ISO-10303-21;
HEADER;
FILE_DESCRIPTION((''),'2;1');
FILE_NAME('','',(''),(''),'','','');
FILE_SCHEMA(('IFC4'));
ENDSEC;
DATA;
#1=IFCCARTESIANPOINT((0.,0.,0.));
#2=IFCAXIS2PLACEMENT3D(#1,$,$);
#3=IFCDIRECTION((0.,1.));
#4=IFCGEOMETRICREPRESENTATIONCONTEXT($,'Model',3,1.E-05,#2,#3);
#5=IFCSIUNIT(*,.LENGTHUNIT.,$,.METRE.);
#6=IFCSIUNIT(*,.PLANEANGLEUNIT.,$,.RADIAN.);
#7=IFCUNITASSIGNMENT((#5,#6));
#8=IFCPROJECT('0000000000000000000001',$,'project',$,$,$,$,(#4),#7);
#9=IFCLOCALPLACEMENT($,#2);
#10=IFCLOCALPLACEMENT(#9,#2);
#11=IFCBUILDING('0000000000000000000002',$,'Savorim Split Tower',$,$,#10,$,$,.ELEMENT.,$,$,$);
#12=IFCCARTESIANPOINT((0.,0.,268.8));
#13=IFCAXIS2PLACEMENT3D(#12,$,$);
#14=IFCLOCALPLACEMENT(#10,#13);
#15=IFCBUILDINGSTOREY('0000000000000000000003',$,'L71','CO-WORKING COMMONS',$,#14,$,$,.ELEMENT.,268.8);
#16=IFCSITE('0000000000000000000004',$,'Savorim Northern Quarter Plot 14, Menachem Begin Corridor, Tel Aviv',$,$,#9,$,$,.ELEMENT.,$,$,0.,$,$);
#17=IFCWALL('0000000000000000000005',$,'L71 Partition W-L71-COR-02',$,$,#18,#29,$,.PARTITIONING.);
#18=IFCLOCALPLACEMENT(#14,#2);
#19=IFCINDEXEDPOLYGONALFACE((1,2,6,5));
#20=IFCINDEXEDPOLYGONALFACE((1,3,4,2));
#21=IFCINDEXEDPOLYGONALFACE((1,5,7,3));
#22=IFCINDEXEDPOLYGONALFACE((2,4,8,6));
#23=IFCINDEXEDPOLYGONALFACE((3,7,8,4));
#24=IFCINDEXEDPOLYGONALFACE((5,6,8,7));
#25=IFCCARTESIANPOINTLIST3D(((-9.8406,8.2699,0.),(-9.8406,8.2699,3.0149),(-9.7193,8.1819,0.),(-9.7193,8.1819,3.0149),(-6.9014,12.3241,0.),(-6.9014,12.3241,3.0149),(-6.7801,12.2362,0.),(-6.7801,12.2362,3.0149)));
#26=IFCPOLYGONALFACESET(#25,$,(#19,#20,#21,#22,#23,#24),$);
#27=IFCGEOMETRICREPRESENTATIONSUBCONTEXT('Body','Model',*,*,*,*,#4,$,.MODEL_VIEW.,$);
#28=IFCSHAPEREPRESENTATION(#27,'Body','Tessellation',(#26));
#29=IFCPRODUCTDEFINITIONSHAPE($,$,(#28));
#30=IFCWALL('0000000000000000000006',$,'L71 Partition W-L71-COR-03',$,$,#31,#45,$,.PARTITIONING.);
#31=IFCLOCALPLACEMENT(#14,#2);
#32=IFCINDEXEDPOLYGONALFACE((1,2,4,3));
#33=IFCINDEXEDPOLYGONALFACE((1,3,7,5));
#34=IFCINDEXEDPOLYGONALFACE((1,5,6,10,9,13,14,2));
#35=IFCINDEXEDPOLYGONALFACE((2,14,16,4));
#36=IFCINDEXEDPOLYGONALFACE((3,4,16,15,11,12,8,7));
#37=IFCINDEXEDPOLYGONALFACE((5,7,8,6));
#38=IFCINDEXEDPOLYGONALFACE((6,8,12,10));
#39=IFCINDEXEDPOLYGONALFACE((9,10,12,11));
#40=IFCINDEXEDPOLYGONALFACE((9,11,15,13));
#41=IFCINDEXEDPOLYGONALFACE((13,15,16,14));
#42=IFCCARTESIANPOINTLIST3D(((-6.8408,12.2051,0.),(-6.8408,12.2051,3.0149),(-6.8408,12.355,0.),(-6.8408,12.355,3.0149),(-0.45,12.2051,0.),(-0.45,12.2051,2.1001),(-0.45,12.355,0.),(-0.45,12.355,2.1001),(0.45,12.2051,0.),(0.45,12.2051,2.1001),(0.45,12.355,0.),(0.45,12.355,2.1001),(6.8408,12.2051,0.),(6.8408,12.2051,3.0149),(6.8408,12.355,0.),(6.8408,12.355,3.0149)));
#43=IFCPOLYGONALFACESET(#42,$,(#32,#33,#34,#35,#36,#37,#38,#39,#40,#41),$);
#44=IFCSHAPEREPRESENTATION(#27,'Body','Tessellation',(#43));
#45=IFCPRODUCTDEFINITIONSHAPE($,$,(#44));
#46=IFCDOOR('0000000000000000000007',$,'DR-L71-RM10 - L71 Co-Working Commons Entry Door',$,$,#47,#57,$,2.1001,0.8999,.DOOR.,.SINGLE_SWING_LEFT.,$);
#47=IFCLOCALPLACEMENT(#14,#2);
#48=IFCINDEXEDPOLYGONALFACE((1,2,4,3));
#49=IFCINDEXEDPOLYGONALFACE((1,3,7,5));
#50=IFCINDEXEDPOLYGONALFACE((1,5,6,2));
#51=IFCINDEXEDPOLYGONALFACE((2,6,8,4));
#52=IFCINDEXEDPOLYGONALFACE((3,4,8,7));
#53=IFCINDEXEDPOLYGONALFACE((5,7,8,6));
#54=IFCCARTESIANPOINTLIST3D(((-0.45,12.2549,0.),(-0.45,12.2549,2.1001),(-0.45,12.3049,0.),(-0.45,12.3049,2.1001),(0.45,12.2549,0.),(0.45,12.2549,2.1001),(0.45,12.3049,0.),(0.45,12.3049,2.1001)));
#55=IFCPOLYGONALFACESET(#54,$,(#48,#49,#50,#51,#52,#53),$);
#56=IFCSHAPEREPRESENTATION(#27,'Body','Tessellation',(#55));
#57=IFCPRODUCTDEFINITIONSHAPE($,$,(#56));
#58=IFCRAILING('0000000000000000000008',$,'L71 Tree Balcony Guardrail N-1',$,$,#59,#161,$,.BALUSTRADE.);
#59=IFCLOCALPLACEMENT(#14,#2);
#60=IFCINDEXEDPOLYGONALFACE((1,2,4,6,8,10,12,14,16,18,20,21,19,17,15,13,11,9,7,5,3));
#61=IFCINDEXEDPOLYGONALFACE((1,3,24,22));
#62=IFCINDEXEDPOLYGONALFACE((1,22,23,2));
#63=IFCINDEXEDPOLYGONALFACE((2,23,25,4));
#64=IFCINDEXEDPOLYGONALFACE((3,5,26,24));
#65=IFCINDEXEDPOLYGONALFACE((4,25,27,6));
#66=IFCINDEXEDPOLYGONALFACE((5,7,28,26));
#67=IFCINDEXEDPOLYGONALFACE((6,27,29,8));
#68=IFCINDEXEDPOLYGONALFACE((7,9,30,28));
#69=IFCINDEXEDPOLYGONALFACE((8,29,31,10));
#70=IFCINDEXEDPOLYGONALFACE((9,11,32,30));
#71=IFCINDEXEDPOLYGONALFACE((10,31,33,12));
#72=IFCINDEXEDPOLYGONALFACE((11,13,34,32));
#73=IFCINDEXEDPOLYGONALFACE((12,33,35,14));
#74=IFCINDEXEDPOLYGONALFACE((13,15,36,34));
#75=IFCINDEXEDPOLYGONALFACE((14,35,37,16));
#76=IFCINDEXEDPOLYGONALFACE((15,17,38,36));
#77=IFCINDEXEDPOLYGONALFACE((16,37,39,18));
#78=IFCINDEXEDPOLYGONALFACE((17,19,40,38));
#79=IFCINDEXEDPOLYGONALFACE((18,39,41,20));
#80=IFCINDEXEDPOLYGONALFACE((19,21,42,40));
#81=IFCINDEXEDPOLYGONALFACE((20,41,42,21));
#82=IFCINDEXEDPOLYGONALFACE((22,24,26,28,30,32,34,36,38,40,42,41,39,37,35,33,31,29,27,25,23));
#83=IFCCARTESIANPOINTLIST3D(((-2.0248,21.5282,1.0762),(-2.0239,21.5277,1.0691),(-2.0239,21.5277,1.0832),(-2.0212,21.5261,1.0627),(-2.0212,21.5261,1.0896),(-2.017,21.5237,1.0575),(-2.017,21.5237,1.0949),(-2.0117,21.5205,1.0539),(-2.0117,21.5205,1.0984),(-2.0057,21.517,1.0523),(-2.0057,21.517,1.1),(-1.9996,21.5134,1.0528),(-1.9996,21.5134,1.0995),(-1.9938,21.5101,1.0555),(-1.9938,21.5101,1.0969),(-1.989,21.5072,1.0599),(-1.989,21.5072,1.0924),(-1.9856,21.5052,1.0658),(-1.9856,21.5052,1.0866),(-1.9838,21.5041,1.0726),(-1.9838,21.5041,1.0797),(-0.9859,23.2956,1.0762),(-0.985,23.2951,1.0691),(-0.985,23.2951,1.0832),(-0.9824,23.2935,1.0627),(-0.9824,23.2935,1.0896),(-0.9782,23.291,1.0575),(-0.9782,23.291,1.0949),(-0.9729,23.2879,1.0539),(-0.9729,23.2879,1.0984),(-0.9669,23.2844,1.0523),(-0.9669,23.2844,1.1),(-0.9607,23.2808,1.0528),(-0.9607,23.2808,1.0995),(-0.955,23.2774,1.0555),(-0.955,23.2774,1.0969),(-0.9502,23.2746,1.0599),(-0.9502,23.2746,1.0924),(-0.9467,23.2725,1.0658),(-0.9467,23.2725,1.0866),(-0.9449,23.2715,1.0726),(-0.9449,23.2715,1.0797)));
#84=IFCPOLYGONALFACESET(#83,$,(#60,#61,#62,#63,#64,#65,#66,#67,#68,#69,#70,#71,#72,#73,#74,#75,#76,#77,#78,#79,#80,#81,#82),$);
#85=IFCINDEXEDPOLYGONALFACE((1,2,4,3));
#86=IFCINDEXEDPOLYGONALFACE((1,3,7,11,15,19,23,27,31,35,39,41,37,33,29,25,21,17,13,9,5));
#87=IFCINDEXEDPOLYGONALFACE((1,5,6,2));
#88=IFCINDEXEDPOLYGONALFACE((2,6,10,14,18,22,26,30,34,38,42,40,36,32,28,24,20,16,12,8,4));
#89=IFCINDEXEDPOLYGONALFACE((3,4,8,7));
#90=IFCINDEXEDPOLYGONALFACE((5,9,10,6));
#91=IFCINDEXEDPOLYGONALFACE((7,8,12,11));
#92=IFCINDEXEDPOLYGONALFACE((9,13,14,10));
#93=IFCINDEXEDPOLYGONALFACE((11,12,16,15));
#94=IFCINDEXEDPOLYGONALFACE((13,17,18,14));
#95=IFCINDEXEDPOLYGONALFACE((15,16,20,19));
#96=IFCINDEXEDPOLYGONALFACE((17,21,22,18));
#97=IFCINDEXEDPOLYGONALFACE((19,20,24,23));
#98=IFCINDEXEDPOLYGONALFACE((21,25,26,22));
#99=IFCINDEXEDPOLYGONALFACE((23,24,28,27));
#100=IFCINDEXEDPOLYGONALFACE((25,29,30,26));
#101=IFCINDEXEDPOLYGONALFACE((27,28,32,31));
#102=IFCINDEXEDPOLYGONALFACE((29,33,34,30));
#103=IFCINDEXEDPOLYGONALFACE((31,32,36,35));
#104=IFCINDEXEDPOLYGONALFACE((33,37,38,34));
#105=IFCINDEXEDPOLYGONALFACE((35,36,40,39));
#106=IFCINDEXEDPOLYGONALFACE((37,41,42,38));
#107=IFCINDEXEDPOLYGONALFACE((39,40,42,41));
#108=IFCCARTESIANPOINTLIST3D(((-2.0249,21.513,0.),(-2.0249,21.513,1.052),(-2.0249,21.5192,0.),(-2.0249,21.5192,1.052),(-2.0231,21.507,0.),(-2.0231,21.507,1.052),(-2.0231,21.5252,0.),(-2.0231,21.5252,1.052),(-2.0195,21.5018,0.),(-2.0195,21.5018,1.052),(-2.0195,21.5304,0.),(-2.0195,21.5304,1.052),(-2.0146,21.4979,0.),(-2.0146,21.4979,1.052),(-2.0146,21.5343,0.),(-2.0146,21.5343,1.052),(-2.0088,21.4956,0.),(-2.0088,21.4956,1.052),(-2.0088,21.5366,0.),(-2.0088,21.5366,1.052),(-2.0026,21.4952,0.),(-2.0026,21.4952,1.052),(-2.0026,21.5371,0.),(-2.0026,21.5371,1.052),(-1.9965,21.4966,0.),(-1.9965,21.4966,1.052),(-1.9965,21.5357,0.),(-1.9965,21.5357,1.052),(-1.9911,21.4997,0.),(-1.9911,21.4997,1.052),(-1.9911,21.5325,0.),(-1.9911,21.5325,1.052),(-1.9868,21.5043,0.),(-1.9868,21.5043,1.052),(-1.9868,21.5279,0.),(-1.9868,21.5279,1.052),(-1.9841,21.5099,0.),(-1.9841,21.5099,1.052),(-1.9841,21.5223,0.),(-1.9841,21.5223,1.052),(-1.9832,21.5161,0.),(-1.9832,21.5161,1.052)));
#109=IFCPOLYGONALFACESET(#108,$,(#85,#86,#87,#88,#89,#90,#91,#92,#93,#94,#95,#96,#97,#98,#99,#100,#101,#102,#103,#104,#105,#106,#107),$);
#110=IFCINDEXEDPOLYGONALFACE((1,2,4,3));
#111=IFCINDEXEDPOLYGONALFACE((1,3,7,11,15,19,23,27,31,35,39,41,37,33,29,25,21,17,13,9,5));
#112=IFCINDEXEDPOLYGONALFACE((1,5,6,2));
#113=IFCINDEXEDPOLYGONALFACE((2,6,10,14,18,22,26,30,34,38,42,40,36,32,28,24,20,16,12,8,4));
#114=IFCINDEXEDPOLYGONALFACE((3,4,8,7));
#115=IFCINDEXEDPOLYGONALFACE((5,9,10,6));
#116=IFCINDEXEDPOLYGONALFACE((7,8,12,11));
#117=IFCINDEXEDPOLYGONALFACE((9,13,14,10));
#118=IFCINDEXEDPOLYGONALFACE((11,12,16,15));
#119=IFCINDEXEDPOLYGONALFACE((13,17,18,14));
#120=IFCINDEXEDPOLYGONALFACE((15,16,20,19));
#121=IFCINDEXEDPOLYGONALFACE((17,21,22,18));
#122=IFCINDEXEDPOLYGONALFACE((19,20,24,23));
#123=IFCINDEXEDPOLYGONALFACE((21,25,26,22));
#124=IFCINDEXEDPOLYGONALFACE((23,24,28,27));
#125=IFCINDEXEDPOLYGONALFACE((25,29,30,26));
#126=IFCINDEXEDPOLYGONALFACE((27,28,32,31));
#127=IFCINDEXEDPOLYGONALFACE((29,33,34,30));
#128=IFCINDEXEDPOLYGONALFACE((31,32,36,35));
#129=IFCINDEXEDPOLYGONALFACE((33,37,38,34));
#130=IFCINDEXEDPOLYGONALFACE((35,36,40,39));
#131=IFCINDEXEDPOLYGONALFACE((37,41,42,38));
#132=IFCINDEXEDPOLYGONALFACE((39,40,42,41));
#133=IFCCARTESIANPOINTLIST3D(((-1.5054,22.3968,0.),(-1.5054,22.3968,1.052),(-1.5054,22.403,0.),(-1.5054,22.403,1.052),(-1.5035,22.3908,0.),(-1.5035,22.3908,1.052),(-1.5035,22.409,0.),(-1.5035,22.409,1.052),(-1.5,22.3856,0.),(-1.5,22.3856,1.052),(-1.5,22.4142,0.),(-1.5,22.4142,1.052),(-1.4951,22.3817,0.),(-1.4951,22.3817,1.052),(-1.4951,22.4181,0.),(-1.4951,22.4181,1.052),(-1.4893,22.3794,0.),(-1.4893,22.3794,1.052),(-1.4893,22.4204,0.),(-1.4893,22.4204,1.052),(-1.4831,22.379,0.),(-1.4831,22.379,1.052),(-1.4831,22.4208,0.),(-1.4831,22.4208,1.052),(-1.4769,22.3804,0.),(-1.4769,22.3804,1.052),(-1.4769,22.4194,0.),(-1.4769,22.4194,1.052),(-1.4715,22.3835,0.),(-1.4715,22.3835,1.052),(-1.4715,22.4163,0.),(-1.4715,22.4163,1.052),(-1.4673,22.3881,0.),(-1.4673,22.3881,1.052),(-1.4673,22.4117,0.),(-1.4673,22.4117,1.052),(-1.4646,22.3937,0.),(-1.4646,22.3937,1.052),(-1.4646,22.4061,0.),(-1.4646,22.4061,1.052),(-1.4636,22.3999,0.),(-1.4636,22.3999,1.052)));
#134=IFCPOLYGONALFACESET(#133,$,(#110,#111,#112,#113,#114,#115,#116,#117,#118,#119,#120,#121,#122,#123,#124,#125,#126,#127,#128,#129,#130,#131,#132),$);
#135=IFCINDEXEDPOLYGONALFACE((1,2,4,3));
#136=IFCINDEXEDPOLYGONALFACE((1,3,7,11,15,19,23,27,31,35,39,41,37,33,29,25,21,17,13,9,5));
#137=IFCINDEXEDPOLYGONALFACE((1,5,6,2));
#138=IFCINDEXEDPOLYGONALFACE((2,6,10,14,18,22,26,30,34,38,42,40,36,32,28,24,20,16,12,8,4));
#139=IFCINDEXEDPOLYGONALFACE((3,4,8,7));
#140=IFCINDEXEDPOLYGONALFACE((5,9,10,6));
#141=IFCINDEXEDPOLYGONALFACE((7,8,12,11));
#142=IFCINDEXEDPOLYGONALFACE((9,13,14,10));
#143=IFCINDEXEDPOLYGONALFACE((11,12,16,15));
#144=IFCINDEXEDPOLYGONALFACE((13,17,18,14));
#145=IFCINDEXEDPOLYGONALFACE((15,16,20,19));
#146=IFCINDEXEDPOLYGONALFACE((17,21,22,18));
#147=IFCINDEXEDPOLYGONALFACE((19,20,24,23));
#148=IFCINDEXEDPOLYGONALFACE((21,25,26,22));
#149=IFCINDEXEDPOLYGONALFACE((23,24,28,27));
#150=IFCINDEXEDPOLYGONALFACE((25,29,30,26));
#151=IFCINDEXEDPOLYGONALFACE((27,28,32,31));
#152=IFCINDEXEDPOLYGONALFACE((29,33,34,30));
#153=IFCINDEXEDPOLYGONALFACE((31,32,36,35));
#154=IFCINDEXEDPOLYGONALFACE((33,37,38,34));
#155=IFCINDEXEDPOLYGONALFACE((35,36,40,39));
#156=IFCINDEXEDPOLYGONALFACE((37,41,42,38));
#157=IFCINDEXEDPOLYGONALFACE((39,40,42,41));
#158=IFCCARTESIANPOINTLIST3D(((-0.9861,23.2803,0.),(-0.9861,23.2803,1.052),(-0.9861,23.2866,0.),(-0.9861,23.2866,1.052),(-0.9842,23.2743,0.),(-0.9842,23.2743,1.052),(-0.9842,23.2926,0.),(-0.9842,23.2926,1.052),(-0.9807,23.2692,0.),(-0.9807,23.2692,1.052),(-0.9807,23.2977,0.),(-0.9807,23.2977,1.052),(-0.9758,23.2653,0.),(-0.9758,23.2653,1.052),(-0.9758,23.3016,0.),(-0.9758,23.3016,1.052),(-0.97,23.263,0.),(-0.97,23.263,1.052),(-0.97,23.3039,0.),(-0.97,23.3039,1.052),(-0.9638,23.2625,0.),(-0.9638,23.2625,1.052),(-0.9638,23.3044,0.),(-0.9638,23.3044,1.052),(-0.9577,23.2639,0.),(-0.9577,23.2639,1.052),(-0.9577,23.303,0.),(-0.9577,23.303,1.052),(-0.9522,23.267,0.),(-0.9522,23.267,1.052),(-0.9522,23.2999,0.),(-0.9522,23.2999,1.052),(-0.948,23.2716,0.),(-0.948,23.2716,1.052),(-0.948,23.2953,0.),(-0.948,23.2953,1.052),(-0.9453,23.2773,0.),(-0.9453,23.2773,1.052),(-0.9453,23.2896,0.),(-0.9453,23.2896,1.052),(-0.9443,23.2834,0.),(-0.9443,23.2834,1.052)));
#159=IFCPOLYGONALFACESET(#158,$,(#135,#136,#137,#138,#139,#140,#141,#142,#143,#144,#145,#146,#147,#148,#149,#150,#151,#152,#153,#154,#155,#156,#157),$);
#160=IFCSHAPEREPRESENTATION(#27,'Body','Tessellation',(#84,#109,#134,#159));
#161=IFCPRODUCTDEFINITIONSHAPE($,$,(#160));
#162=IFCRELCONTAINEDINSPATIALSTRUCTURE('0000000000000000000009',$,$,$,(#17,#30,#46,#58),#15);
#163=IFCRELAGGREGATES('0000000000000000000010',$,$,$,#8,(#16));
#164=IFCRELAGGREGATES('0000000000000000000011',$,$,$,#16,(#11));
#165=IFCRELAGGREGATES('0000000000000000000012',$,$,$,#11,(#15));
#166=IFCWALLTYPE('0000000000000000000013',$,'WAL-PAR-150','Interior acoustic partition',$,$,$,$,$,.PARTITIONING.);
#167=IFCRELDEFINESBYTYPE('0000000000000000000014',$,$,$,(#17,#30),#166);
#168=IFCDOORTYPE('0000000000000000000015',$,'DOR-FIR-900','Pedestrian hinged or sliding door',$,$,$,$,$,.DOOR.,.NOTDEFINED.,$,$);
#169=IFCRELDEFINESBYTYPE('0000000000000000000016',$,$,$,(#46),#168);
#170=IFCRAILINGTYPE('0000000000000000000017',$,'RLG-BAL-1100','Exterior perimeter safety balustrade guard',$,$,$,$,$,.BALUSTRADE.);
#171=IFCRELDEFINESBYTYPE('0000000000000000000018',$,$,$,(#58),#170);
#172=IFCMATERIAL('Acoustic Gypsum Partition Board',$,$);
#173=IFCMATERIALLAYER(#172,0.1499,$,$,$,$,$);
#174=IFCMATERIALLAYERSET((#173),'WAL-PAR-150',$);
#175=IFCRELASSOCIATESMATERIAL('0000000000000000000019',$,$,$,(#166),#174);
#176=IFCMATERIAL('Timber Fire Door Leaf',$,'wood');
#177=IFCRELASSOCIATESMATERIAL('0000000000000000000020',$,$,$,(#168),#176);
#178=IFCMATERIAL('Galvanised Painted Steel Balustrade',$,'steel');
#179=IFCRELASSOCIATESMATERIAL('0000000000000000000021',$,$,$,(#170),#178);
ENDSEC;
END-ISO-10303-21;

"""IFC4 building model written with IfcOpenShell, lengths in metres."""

from ifc_helpers import new_model, si_unit, direction, frame, frame_2d, origin, origin_2d, place, context, subcontext, project, spatial, rectangle, circle, extrude, material, layer, layer_set, type_object, element, fill, save


model = new_model("IFC4")

# Units and contexts
model_context = context("Model", 3, precision=1e-05, world=origin(), true_north=direction((0.0, 1.0)))
body_context = subcontext(model_context, "Body", "Model", "MODEL_VIEW")
ifc_project = project(units=[si_unit("LENGTHUNIT", "METRE"), si_unit("PLANEANGLEUNIT", "RADIAN")], contexts=[model_context])

# Site, building, storey
site_placement = place(None, origin())
site = spatial("IfcSite", under=ifc_project, at=site_placement, Name="Savorim Northern Quarter Plot 14, Menachem Begin Corridor, Tel Aviv", CompositionType="ELEMENT", RefElevation=0.0)
building_placement = place(site_placement, origin())
building = spatial("IfcBuilding", under=site, at=building_placement, Name="Savorim Split Tower", CompositionType="ELEMENT")
storey_placement = place(building_placement, frame((0.0, 0.0, 268.8)))
storey = spatial("IfcBuildingStorey", under=building, at=storey_placement, Name="L71", Description="CO-WORKING COMMONS", CompositionType="ELEMENT", Elevation=268.8)

# Wall
ifc_material_1 = material(Name="Acoustic Gypsum Partition Board")
ifc_layer_1 = layer(ifc_material_1, 0.1499)
ifc_layer_set_1 = layer_set([ifc_layer_1], Name="WAL-PAR-150")
wall_type_1 = type_object("IfcWallType", Name="WAL-PAR-150", Description="Interior acoustic partition", PredefinedType="PARTITIONING", material=ifc_layer_set_1)
wall_1_placement = place(storey_placement, frame((-9.78, 8.2258, 0.0), z_axis=(0.0, 0.0, 1.0), x_axis=(0.586956, 0.809619, 0.0)))
element("IfcWall", 1, at=wall_1_placement, inside=storey, type_object=wall_type_1, Name="L71 Partition W-L71-COR-02", PredefinedType="PARTITIONING", context=body_context, shape_type="SweptSolid", body=[
    extrude(rectangle(XDim=5.0076, YDim=0.1499, at=frame_2d((2.5039, 0.0))), origin(), (0.0, 0.0, 1.0), 3.0149),
])

# Wall, opening, door
wall_2_placement = place(storey_placement, frame((-6.8408, 12.28, 0.0), z_axis=(0.0, 0.0, 1.0), x_axis=(1.0, 0.0, 0.0)))
wall_2 = element("IfcWall", 2, at=wall_2_placement, inside=storey, type_object=wall_type_1, Name="L71 Partition W-L71-COR-03", PredefinedType="PARTITIONING", context=body_context, shape_type="SweptSolid", body=[
    extrude(rectangle(XDim=13.6816, YDim=0.1499, at=frame_2d((6.8408, 0.0))), origin(), (0.0, 0.0, 1.0), 3.0149),
])
opening_1_placement = place(wall_2_placement, frame((6.3909, 0.0, 0.0)))
opening_1 = element("IfcOpeningElement", 3, at=opening_1_placement, cuts=wall_2, PredefinedType="OPENING", context=body_context, shape_type="SweptSolid", body=[
    extrude(rectangle(XDim=0.8999, YDim=2.1001, at=frame_2d((0.45, 1.05))), frame((0.0, 0.085, 0.0), z_axis=(0.0, -1.0, 0.0), x_axis=(1.0, 0.0, 0.0)), (0.0, 0.0, 1.0), 0.1699),
])
ifc_material_2 = material(Name="Timber Fire Door Leaf", Category="wood")
door_type_1 = type_object("IfcDoorType", Name="DOR-FIR-900", Description="Pedestrian hinged or sliding door", OperationType="NOTDEFINED", PredefinedType="DOOR", material=ifc_material_2)
door_1_placement = place(opening_1_placement, origin())
door_1 = element("IfcDoor", 4, at=door_1_placement, inside=storey, type_object=door_type_1, Name="DR-L71-RM10 - L71 Co-Working Commons Entry Door", OperationType="SINGLE_SWING_LEFT", OverallHeight=2.1001, OverallWidth=0.8999, PredefinedType="DOOR", context=body_context, shape_type="SweptSolid", body=[
    extrude(rectangle(XDim=0.8999, YDim=2.1001, at=frame_2d((0.45, 1.05))), frame((0.0, 0.0249, 0.0), z_axis=(0.0, -1.0, 0.0), x_axis=(1.0, 0.0, 0.0)), (0.0, 0.0, 1.0), 0.05),
])
fill(opening_1, door_1)

# Railing
ifc_material_3 = material(Name="Galvanised Painted Steel Balustrade", Category="steel")
railing_type = type_object("IfcRailingType", Name="RLG-BAL-1100", Description="Exterior perimeter safety balustrade guard", PredefinedType="BALUSTRADE", material=ifc_material_3)
railing_1_placement = place(storey_placement, frame((-2.0042, 21.5161, 0.0)))
element("IfcRailing", 5, at=railing_1_placement, inside=storey, type_object=railing_type, Name="L71 Tree Balcony Guardrail N-1", PredefinedType="BALUSTRADE", context=body_context, shape_type="SweptSolid", body=[
    extrude(circle(Radius=0.0239, at=origin_2d()), frame((0.0, 0.0, 1.0762), z_axis=(0.506734, 0.862103, 0.0), x_axis=(-0.862103, 0.506734, 0.0)), (0.0, 0.0, 1.0), 2.05),
    extrude(circle(Radius=0.021, at=origin_2d()), origin(), (0.0, 0.0, 1.0), 1.052),
    extrude(circle(Radius=0.021, at=origin_2d()), frame((0.5195, 0.8838, 0.0)), (0.0, 0.0, 1.0), 1.052),
    extrude(circle(Radius=0.021, at=origin_2d()), frame((1.0388, 1.7673, 0.0)), (0.0, 0.0, 1.0), 1.052),
])

save(model, "model.ifc")
